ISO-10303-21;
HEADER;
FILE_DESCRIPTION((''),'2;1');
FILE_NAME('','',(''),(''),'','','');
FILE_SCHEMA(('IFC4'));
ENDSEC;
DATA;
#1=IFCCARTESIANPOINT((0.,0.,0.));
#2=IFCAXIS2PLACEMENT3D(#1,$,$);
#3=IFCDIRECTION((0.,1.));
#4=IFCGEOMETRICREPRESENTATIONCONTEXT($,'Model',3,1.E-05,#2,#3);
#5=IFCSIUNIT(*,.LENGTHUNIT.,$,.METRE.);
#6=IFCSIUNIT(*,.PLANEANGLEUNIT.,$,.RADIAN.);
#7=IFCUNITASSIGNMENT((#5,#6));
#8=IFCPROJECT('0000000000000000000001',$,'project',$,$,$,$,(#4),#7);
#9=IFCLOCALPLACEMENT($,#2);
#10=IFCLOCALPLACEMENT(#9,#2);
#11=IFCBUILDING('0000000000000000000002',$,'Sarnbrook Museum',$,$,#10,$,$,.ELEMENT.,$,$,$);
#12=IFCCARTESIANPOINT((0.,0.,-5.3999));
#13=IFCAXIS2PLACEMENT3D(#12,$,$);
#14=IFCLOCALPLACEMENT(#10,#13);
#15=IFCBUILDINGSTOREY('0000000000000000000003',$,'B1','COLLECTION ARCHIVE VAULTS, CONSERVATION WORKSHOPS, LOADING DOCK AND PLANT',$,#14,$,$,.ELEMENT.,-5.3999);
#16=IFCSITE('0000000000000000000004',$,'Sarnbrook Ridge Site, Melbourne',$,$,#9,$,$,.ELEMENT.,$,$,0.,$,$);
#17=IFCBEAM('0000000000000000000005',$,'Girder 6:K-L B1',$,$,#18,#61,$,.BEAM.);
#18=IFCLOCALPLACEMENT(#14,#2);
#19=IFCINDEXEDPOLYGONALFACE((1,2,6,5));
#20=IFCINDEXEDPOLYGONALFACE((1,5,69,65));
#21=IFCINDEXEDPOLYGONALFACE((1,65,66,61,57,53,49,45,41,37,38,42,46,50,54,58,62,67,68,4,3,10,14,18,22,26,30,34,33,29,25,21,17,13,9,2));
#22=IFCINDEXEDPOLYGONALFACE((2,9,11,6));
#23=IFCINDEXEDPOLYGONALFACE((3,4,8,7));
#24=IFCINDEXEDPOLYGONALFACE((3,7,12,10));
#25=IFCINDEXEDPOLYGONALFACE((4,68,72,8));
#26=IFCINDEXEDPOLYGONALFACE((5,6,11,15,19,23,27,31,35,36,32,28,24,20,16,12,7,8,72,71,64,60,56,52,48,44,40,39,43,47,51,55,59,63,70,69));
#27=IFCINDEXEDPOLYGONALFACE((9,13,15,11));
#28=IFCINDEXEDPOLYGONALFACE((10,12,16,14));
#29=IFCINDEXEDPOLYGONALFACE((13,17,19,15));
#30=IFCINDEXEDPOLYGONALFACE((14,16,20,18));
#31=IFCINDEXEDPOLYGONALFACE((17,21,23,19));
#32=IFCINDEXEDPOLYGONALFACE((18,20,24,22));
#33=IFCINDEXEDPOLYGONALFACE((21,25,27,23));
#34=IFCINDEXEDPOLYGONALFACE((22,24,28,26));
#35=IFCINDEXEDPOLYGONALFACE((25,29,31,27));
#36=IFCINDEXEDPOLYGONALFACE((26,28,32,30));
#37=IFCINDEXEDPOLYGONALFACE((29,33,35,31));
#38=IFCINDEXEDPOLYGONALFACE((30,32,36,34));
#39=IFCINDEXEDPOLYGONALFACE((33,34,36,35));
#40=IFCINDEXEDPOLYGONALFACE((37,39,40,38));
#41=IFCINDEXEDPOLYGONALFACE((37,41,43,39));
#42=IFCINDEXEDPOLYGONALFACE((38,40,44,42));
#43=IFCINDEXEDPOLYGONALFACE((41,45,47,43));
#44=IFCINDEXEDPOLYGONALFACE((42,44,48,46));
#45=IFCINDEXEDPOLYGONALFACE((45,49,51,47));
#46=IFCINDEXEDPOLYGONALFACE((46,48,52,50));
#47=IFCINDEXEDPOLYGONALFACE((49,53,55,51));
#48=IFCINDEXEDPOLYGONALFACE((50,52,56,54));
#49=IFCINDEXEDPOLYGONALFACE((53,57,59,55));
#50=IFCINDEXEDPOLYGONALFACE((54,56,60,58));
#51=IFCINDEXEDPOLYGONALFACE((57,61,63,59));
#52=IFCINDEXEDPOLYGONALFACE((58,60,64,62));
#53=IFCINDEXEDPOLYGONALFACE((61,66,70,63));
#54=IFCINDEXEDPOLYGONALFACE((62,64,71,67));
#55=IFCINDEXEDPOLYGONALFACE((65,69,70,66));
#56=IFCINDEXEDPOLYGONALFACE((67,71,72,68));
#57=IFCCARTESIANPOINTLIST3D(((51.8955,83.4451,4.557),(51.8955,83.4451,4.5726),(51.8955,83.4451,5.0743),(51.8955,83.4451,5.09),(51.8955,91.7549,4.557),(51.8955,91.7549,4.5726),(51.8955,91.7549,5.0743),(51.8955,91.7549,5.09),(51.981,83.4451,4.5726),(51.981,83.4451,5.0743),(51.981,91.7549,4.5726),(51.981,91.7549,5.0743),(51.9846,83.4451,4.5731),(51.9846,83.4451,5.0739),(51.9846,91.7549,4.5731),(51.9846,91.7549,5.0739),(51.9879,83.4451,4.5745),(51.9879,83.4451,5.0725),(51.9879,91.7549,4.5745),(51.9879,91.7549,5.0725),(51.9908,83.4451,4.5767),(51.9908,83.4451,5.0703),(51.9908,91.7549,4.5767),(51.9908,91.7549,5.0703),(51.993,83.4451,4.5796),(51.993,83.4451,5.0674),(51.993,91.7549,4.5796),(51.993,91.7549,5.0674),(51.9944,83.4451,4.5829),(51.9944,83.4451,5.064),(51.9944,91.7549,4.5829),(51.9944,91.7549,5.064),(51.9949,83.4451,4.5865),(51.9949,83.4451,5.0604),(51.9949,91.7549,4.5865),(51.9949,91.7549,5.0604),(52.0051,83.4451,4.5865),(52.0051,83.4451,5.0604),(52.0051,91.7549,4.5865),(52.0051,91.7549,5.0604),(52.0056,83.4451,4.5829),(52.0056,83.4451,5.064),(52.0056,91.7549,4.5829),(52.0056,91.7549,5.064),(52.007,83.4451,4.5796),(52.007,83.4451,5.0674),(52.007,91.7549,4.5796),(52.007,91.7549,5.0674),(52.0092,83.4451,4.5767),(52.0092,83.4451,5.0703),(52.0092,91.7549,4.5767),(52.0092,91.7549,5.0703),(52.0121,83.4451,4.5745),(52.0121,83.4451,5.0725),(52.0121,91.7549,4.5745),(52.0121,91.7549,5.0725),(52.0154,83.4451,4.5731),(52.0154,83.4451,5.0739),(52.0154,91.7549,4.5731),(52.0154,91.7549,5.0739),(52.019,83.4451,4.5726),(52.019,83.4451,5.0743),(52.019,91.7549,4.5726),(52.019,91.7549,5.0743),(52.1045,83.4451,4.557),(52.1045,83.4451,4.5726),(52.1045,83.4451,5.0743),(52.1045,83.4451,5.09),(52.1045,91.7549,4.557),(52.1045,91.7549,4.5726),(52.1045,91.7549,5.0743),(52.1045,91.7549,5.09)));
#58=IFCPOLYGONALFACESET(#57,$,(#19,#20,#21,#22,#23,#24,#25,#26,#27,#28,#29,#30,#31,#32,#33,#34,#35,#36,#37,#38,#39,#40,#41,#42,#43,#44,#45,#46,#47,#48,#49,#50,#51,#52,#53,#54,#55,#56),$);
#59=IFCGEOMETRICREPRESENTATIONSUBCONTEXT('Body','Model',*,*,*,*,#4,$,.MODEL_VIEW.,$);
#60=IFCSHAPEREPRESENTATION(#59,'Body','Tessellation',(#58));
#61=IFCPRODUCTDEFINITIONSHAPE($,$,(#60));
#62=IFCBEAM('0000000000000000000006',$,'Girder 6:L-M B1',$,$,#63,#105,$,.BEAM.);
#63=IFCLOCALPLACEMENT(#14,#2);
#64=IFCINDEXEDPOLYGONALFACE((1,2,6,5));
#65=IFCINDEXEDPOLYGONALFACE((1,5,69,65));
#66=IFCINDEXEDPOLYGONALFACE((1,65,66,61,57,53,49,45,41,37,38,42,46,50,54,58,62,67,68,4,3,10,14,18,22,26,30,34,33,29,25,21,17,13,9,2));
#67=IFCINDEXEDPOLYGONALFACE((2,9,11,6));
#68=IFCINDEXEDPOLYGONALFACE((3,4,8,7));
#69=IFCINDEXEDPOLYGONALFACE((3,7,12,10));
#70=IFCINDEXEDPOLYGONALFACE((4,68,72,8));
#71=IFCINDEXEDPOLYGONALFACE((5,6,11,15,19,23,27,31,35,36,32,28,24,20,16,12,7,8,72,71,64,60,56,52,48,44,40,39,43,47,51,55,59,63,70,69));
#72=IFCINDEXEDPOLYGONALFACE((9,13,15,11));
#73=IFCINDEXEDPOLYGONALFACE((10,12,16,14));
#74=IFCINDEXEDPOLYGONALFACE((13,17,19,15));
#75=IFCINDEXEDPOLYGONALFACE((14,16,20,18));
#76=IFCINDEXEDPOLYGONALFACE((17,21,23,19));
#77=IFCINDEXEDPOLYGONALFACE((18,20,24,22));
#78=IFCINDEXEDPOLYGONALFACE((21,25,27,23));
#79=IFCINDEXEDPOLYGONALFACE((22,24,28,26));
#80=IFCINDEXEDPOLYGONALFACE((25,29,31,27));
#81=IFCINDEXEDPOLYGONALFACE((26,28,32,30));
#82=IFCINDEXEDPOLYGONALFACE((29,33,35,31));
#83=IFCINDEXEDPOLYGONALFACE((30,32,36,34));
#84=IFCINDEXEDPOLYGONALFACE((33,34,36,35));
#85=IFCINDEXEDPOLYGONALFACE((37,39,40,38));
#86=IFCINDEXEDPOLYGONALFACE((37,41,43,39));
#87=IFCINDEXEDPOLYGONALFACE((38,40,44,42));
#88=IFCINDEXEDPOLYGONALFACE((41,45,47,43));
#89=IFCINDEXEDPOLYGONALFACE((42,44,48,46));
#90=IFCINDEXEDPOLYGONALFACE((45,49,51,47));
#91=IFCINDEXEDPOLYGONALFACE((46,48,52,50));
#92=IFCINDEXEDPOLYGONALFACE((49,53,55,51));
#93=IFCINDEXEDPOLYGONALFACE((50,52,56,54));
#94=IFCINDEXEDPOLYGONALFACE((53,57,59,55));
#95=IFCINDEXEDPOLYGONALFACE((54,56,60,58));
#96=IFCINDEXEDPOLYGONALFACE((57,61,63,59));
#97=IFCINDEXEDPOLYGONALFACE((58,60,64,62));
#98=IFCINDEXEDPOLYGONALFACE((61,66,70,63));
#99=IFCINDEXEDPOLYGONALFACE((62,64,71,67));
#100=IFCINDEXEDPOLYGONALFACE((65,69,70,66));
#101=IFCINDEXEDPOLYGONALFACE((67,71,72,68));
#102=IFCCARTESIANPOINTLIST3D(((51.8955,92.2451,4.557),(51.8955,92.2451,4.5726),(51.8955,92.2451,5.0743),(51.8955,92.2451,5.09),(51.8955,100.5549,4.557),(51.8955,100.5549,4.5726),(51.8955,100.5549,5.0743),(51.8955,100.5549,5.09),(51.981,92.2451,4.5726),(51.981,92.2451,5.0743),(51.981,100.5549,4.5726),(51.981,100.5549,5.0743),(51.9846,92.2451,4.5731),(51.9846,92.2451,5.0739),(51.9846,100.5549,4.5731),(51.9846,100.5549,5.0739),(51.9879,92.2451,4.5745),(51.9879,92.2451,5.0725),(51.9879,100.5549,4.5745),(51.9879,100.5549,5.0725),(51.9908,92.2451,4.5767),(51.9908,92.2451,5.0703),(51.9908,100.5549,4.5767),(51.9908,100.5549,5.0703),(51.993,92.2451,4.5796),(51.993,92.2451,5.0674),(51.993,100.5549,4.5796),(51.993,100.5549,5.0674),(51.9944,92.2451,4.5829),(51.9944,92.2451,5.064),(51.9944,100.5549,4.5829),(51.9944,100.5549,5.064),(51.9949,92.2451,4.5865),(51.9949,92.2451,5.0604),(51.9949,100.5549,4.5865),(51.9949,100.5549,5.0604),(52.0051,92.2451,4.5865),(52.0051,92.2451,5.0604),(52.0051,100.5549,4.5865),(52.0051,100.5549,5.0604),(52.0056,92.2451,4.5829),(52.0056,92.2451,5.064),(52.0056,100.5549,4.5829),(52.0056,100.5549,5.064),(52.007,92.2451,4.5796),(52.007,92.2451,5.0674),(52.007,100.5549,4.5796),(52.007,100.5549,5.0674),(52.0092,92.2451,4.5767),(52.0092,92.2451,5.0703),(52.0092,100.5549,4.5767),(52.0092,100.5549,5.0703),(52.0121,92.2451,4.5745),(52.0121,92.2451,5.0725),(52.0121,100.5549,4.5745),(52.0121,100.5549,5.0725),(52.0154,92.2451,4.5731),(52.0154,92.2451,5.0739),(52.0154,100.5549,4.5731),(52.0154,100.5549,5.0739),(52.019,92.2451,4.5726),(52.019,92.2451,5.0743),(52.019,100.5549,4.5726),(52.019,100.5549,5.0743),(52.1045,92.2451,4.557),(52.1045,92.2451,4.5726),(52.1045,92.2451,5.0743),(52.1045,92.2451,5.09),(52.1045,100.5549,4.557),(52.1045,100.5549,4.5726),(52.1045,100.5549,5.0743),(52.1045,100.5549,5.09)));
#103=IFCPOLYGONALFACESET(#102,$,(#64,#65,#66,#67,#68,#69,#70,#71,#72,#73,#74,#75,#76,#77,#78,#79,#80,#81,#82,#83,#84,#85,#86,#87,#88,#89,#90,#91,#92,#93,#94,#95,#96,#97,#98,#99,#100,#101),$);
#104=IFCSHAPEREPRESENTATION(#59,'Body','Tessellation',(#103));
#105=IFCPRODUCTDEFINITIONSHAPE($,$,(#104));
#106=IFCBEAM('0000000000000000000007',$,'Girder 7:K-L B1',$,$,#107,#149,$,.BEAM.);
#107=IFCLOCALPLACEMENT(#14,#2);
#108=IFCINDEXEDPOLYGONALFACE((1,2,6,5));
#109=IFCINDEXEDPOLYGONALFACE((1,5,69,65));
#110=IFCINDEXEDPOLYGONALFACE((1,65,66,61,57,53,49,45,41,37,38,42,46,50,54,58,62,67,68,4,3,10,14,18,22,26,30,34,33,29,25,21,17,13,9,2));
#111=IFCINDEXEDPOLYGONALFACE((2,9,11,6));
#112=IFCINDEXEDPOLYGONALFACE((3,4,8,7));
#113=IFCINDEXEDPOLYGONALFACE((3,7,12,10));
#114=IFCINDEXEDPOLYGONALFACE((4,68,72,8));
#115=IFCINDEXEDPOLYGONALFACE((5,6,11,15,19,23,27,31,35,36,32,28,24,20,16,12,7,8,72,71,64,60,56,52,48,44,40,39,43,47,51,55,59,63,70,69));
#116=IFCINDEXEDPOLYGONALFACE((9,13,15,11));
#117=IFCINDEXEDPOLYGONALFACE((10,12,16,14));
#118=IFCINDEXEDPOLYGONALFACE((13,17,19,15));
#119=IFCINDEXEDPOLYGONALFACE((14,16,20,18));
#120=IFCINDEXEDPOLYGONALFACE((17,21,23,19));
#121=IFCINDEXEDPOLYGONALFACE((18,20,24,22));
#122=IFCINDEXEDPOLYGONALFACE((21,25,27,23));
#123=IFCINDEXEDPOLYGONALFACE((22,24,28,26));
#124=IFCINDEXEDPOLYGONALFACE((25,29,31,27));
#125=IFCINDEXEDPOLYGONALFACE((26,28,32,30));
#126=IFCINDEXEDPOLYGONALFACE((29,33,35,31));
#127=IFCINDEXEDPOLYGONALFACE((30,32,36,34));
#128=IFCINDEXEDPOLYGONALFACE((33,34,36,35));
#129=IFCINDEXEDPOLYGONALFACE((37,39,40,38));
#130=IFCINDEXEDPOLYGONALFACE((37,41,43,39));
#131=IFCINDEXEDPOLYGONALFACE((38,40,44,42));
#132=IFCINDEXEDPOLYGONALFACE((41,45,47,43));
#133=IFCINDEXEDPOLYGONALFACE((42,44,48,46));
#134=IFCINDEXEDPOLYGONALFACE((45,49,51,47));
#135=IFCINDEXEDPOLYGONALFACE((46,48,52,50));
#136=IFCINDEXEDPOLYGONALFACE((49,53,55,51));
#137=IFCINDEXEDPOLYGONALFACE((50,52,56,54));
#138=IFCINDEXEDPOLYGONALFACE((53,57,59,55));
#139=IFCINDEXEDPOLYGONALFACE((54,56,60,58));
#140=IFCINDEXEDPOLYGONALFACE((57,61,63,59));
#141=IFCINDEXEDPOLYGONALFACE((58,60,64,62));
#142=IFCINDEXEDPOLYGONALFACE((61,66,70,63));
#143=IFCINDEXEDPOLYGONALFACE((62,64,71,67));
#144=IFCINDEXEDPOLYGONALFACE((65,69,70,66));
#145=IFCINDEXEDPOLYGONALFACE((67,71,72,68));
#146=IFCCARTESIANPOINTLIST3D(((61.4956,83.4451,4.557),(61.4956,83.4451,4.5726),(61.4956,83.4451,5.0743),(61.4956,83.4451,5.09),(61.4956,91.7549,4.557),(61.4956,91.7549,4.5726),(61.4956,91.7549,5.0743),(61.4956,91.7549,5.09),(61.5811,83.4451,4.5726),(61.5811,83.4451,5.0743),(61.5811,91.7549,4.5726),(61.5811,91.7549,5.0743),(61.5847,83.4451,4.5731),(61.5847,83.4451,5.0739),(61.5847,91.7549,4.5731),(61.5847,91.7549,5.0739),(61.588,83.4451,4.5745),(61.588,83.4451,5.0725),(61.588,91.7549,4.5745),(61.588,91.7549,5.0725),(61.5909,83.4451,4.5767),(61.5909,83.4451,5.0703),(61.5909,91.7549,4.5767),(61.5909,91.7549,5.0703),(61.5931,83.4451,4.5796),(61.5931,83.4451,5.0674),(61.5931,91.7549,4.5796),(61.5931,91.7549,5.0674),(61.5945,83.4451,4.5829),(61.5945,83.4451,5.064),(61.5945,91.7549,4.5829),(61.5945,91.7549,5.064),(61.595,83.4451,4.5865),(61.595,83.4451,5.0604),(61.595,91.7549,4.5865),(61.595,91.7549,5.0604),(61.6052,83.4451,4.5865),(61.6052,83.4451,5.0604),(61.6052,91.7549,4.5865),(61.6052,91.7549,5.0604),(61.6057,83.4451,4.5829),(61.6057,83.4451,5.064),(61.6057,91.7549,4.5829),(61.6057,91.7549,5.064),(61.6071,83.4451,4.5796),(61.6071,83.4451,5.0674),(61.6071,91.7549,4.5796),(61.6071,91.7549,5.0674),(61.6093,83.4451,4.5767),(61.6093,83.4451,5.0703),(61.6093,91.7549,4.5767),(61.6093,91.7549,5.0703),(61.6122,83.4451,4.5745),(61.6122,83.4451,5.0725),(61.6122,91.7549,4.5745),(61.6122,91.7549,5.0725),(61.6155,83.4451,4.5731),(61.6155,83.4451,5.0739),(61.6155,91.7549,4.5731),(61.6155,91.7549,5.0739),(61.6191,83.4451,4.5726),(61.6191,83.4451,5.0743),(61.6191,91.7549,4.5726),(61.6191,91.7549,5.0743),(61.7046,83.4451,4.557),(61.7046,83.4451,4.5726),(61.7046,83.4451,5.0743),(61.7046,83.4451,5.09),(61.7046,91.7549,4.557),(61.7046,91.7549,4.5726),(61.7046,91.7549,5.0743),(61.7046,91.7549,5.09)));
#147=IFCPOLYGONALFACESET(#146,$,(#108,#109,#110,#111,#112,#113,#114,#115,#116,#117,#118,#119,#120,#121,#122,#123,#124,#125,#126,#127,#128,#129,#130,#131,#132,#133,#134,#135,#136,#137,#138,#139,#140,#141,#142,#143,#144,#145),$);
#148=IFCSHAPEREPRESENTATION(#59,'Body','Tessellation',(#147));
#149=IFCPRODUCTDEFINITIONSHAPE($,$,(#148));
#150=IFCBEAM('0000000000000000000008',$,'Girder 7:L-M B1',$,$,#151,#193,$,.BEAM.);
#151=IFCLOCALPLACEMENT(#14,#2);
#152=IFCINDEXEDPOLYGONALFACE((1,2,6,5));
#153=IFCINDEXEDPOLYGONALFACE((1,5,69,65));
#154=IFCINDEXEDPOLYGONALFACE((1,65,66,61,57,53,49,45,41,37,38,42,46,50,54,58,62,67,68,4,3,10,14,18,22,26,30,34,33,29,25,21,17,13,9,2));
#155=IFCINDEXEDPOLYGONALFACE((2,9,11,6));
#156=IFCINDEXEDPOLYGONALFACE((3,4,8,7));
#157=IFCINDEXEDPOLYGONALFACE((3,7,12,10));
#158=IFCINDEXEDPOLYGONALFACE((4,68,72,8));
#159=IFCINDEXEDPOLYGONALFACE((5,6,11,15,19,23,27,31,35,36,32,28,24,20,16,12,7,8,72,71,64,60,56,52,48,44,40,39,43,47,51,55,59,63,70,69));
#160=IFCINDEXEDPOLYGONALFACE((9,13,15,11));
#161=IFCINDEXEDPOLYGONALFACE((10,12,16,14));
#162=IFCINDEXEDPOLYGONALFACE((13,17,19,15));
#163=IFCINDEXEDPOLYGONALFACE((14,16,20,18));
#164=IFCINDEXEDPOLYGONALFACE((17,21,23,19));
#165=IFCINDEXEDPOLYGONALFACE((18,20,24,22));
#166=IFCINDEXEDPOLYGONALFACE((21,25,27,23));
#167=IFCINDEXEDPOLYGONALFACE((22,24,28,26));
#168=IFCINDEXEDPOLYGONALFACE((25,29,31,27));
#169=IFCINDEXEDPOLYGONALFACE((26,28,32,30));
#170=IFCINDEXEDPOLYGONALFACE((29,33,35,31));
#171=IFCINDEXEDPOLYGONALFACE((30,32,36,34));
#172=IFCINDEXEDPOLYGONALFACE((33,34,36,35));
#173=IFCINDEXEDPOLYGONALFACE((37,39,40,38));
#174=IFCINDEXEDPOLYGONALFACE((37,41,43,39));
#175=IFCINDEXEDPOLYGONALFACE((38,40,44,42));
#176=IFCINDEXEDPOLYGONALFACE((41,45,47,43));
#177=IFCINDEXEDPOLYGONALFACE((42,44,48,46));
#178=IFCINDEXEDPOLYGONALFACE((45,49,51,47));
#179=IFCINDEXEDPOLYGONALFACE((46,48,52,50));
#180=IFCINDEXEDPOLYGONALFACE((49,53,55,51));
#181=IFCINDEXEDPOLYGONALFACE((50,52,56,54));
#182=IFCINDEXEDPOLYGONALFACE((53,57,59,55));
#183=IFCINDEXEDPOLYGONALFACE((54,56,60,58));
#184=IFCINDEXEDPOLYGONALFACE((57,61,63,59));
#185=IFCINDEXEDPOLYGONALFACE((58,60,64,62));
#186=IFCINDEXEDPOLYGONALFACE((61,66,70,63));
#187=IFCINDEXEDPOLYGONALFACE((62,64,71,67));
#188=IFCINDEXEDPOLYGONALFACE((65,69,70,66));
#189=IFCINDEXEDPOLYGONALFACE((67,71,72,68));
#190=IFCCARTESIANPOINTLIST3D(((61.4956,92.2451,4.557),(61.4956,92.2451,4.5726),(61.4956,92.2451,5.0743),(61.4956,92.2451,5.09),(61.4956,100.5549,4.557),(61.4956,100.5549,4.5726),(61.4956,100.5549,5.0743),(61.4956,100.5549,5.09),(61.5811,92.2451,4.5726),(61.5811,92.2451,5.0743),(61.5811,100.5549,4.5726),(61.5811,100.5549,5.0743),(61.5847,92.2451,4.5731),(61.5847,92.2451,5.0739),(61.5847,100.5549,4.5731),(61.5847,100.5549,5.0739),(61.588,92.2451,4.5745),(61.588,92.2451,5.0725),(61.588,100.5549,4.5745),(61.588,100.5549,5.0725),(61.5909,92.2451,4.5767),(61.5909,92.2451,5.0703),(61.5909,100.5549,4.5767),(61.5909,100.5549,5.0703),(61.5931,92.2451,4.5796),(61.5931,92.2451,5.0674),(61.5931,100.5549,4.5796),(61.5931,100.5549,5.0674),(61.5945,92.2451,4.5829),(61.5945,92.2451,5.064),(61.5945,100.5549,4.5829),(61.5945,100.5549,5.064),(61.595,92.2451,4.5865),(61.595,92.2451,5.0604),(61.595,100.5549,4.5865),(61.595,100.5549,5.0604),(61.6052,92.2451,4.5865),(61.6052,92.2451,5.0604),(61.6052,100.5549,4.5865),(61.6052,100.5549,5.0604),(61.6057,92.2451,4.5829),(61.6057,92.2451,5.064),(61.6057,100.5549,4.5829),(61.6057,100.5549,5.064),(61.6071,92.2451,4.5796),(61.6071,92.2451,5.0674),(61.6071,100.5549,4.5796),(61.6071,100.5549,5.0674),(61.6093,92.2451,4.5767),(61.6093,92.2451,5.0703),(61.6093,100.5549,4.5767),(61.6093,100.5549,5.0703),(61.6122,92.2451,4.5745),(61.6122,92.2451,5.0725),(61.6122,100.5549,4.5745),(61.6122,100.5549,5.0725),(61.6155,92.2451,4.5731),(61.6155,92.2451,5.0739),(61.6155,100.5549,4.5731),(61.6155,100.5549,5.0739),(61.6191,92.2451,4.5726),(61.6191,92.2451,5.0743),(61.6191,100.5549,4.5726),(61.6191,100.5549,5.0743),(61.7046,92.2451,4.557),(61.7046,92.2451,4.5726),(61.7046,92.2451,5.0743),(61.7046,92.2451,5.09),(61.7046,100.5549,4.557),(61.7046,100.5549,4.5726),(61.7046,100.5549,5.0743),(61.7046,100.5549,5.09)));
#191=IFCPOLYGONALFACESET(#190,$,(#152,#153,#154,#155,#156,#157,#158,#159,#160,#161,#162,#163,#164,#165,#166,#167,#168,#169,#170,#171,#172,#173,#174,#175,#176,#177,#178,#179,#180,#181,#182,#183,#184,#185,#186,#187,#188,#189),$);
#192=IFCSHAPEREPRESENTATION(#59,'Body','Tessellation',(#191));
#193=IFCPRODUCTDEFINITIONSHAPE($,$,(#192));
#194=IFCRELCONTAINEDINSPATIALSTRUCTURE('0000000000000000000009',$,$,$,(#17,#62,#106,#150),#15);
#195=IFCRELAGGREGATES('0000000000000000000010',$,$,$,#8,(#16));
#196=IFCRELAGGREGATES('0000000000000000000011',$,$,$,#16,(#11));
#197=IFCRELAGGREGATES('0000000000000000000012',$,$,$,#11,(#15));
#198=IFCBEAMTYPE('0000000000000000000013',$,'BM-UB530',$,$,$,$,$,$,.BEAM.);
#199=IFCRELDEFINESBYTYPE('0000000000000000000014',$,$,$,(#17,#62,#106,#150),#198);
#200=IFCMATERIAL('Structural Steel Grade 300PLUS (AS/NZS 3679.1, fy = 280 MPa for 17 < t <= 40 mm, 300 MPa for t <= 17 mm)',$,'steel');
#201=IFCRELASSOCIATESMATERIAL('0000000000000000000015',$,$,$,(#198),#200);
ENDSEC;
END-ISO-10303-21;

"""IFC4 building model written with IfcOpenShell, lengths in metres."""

from ifc_helpers import new_model, si_unit, direction, frame, origin, origin_2d, place, context, subcontext, project, spatial, i_section, extrude, material, material_profile, profile_set, type_object, element, save


model = new_model("IFC4")

# Units and contexts
model_context = context("Model", 3, precision=1e-05, world=origin(), true_north=direction((0.0, 1.0)))
body_context = subcontext(model_context, "Body", "Model", "MODEL_VIEW")
ifc_project = project(units=[si_unit("LENGTHUNIT", "METRE"), si_unit("PLANEANGLEUNIT", "RADIAN")], contexts=[model_context])

# Site, building, storey
site_placement = place(None, origin())
site = spatial("IfcSite", under=ifc_project, at=site_placement, Name="Sarnbrook Ridge Site, Melbourne", CompositionType="ELEMENT", RefElevation=0.0)
building_placement = place(site_placement, origin())
building = spatial("IfcBuilding", under=site, at=building_placement, Name="Sarnbrook Museum", CompositionType="ELEMENT")
storey_placement = place(building_placement, frame((0.0, 0.0, -5.3999)))
storey = spatial("IfcBuildingStorey", under=building, at=storey_placement, Name="B1", Description="COLLECTION ARCHIVE VAULTS, CONSERVATION WORKSHOPS, LOADING DOCK AND PLANT", CompositionType="ELEMENT", Elevation=-5.3999)

# Beams
ifc_material_1 = material(Name="Structural Steel Grade 300PLUS (AS/NZS 3679.1, fy = 280 MPa for 17 < t <= 40 mm, 300 MPa for t <= 17 mm)", Category="steel")
ifc_material_profile_1 = material_profile(ifc_material_1, i_section(OverallWidth=0.209, OverallDepth=0.533, WebThickness=0.0103, FlangeThickness=0.0156, FilletRadius=0.0139, at=origin_2d()), Name="530UB92.4")
ifc_profile_set_1 = profile_set([ifc_material_profile_1], Name="Structural Steel Grade 300PLUS (AS/NZS 3679.1, fy = 280 MPa for 17 < t <= 40 mm, 300 MPa for t <= 17 mm)")
beam_type_1 = type_object("IfcBeamType", Name="BM-UB530", PredefinedType="BEAM", material=ifc_profile_set_1)
for number, where, z_axis, x_axis, name in (
    (1, (52.0, 83.4451, 4.8235), (0.0, 1.0, 0.0), (-1.0, 0.0, 0.0), "Girder 6:K-L B1"),
    (2, (52.0, 92.2451, 4.8235), (0.0, 1.0, 0.0), (-1.0, 0.0, 0.0), "Girder 6:L-M B1"),
    (3, (61.6001, 83.4451, 4.8235), (0.0, 1.0, 0.0), (-1.0, 0.0, 0.0), "Girder 7:K-L B1"),
    (4, (61.6001, 92.2451, 4.8235), (0.0, 1.0, 0.0), (-1.0, 0.0, 0.0), "Girder 7:L-M B1"),
):
    element("IfcBeam", number, at=place(storey_placement, frame(where, z_axis=z_axis, x_axis=x_axis)), inside=storey, type_object=beam_type_1, Name=name, PredefinedType="BEAM", context=body_context, shape_type="SweptSolid", body=[
        extrude(i_section(OverallWidth=0.209, OverallDepth=0.533, WebThickness=0.0103, FlangeThickness=0.0156, FilletRadius=0.0139, at=origin_2d()), origin(), (0.0, 0.0, 1.0), 8.3098),
    ])

save(model, "model.ifc")
